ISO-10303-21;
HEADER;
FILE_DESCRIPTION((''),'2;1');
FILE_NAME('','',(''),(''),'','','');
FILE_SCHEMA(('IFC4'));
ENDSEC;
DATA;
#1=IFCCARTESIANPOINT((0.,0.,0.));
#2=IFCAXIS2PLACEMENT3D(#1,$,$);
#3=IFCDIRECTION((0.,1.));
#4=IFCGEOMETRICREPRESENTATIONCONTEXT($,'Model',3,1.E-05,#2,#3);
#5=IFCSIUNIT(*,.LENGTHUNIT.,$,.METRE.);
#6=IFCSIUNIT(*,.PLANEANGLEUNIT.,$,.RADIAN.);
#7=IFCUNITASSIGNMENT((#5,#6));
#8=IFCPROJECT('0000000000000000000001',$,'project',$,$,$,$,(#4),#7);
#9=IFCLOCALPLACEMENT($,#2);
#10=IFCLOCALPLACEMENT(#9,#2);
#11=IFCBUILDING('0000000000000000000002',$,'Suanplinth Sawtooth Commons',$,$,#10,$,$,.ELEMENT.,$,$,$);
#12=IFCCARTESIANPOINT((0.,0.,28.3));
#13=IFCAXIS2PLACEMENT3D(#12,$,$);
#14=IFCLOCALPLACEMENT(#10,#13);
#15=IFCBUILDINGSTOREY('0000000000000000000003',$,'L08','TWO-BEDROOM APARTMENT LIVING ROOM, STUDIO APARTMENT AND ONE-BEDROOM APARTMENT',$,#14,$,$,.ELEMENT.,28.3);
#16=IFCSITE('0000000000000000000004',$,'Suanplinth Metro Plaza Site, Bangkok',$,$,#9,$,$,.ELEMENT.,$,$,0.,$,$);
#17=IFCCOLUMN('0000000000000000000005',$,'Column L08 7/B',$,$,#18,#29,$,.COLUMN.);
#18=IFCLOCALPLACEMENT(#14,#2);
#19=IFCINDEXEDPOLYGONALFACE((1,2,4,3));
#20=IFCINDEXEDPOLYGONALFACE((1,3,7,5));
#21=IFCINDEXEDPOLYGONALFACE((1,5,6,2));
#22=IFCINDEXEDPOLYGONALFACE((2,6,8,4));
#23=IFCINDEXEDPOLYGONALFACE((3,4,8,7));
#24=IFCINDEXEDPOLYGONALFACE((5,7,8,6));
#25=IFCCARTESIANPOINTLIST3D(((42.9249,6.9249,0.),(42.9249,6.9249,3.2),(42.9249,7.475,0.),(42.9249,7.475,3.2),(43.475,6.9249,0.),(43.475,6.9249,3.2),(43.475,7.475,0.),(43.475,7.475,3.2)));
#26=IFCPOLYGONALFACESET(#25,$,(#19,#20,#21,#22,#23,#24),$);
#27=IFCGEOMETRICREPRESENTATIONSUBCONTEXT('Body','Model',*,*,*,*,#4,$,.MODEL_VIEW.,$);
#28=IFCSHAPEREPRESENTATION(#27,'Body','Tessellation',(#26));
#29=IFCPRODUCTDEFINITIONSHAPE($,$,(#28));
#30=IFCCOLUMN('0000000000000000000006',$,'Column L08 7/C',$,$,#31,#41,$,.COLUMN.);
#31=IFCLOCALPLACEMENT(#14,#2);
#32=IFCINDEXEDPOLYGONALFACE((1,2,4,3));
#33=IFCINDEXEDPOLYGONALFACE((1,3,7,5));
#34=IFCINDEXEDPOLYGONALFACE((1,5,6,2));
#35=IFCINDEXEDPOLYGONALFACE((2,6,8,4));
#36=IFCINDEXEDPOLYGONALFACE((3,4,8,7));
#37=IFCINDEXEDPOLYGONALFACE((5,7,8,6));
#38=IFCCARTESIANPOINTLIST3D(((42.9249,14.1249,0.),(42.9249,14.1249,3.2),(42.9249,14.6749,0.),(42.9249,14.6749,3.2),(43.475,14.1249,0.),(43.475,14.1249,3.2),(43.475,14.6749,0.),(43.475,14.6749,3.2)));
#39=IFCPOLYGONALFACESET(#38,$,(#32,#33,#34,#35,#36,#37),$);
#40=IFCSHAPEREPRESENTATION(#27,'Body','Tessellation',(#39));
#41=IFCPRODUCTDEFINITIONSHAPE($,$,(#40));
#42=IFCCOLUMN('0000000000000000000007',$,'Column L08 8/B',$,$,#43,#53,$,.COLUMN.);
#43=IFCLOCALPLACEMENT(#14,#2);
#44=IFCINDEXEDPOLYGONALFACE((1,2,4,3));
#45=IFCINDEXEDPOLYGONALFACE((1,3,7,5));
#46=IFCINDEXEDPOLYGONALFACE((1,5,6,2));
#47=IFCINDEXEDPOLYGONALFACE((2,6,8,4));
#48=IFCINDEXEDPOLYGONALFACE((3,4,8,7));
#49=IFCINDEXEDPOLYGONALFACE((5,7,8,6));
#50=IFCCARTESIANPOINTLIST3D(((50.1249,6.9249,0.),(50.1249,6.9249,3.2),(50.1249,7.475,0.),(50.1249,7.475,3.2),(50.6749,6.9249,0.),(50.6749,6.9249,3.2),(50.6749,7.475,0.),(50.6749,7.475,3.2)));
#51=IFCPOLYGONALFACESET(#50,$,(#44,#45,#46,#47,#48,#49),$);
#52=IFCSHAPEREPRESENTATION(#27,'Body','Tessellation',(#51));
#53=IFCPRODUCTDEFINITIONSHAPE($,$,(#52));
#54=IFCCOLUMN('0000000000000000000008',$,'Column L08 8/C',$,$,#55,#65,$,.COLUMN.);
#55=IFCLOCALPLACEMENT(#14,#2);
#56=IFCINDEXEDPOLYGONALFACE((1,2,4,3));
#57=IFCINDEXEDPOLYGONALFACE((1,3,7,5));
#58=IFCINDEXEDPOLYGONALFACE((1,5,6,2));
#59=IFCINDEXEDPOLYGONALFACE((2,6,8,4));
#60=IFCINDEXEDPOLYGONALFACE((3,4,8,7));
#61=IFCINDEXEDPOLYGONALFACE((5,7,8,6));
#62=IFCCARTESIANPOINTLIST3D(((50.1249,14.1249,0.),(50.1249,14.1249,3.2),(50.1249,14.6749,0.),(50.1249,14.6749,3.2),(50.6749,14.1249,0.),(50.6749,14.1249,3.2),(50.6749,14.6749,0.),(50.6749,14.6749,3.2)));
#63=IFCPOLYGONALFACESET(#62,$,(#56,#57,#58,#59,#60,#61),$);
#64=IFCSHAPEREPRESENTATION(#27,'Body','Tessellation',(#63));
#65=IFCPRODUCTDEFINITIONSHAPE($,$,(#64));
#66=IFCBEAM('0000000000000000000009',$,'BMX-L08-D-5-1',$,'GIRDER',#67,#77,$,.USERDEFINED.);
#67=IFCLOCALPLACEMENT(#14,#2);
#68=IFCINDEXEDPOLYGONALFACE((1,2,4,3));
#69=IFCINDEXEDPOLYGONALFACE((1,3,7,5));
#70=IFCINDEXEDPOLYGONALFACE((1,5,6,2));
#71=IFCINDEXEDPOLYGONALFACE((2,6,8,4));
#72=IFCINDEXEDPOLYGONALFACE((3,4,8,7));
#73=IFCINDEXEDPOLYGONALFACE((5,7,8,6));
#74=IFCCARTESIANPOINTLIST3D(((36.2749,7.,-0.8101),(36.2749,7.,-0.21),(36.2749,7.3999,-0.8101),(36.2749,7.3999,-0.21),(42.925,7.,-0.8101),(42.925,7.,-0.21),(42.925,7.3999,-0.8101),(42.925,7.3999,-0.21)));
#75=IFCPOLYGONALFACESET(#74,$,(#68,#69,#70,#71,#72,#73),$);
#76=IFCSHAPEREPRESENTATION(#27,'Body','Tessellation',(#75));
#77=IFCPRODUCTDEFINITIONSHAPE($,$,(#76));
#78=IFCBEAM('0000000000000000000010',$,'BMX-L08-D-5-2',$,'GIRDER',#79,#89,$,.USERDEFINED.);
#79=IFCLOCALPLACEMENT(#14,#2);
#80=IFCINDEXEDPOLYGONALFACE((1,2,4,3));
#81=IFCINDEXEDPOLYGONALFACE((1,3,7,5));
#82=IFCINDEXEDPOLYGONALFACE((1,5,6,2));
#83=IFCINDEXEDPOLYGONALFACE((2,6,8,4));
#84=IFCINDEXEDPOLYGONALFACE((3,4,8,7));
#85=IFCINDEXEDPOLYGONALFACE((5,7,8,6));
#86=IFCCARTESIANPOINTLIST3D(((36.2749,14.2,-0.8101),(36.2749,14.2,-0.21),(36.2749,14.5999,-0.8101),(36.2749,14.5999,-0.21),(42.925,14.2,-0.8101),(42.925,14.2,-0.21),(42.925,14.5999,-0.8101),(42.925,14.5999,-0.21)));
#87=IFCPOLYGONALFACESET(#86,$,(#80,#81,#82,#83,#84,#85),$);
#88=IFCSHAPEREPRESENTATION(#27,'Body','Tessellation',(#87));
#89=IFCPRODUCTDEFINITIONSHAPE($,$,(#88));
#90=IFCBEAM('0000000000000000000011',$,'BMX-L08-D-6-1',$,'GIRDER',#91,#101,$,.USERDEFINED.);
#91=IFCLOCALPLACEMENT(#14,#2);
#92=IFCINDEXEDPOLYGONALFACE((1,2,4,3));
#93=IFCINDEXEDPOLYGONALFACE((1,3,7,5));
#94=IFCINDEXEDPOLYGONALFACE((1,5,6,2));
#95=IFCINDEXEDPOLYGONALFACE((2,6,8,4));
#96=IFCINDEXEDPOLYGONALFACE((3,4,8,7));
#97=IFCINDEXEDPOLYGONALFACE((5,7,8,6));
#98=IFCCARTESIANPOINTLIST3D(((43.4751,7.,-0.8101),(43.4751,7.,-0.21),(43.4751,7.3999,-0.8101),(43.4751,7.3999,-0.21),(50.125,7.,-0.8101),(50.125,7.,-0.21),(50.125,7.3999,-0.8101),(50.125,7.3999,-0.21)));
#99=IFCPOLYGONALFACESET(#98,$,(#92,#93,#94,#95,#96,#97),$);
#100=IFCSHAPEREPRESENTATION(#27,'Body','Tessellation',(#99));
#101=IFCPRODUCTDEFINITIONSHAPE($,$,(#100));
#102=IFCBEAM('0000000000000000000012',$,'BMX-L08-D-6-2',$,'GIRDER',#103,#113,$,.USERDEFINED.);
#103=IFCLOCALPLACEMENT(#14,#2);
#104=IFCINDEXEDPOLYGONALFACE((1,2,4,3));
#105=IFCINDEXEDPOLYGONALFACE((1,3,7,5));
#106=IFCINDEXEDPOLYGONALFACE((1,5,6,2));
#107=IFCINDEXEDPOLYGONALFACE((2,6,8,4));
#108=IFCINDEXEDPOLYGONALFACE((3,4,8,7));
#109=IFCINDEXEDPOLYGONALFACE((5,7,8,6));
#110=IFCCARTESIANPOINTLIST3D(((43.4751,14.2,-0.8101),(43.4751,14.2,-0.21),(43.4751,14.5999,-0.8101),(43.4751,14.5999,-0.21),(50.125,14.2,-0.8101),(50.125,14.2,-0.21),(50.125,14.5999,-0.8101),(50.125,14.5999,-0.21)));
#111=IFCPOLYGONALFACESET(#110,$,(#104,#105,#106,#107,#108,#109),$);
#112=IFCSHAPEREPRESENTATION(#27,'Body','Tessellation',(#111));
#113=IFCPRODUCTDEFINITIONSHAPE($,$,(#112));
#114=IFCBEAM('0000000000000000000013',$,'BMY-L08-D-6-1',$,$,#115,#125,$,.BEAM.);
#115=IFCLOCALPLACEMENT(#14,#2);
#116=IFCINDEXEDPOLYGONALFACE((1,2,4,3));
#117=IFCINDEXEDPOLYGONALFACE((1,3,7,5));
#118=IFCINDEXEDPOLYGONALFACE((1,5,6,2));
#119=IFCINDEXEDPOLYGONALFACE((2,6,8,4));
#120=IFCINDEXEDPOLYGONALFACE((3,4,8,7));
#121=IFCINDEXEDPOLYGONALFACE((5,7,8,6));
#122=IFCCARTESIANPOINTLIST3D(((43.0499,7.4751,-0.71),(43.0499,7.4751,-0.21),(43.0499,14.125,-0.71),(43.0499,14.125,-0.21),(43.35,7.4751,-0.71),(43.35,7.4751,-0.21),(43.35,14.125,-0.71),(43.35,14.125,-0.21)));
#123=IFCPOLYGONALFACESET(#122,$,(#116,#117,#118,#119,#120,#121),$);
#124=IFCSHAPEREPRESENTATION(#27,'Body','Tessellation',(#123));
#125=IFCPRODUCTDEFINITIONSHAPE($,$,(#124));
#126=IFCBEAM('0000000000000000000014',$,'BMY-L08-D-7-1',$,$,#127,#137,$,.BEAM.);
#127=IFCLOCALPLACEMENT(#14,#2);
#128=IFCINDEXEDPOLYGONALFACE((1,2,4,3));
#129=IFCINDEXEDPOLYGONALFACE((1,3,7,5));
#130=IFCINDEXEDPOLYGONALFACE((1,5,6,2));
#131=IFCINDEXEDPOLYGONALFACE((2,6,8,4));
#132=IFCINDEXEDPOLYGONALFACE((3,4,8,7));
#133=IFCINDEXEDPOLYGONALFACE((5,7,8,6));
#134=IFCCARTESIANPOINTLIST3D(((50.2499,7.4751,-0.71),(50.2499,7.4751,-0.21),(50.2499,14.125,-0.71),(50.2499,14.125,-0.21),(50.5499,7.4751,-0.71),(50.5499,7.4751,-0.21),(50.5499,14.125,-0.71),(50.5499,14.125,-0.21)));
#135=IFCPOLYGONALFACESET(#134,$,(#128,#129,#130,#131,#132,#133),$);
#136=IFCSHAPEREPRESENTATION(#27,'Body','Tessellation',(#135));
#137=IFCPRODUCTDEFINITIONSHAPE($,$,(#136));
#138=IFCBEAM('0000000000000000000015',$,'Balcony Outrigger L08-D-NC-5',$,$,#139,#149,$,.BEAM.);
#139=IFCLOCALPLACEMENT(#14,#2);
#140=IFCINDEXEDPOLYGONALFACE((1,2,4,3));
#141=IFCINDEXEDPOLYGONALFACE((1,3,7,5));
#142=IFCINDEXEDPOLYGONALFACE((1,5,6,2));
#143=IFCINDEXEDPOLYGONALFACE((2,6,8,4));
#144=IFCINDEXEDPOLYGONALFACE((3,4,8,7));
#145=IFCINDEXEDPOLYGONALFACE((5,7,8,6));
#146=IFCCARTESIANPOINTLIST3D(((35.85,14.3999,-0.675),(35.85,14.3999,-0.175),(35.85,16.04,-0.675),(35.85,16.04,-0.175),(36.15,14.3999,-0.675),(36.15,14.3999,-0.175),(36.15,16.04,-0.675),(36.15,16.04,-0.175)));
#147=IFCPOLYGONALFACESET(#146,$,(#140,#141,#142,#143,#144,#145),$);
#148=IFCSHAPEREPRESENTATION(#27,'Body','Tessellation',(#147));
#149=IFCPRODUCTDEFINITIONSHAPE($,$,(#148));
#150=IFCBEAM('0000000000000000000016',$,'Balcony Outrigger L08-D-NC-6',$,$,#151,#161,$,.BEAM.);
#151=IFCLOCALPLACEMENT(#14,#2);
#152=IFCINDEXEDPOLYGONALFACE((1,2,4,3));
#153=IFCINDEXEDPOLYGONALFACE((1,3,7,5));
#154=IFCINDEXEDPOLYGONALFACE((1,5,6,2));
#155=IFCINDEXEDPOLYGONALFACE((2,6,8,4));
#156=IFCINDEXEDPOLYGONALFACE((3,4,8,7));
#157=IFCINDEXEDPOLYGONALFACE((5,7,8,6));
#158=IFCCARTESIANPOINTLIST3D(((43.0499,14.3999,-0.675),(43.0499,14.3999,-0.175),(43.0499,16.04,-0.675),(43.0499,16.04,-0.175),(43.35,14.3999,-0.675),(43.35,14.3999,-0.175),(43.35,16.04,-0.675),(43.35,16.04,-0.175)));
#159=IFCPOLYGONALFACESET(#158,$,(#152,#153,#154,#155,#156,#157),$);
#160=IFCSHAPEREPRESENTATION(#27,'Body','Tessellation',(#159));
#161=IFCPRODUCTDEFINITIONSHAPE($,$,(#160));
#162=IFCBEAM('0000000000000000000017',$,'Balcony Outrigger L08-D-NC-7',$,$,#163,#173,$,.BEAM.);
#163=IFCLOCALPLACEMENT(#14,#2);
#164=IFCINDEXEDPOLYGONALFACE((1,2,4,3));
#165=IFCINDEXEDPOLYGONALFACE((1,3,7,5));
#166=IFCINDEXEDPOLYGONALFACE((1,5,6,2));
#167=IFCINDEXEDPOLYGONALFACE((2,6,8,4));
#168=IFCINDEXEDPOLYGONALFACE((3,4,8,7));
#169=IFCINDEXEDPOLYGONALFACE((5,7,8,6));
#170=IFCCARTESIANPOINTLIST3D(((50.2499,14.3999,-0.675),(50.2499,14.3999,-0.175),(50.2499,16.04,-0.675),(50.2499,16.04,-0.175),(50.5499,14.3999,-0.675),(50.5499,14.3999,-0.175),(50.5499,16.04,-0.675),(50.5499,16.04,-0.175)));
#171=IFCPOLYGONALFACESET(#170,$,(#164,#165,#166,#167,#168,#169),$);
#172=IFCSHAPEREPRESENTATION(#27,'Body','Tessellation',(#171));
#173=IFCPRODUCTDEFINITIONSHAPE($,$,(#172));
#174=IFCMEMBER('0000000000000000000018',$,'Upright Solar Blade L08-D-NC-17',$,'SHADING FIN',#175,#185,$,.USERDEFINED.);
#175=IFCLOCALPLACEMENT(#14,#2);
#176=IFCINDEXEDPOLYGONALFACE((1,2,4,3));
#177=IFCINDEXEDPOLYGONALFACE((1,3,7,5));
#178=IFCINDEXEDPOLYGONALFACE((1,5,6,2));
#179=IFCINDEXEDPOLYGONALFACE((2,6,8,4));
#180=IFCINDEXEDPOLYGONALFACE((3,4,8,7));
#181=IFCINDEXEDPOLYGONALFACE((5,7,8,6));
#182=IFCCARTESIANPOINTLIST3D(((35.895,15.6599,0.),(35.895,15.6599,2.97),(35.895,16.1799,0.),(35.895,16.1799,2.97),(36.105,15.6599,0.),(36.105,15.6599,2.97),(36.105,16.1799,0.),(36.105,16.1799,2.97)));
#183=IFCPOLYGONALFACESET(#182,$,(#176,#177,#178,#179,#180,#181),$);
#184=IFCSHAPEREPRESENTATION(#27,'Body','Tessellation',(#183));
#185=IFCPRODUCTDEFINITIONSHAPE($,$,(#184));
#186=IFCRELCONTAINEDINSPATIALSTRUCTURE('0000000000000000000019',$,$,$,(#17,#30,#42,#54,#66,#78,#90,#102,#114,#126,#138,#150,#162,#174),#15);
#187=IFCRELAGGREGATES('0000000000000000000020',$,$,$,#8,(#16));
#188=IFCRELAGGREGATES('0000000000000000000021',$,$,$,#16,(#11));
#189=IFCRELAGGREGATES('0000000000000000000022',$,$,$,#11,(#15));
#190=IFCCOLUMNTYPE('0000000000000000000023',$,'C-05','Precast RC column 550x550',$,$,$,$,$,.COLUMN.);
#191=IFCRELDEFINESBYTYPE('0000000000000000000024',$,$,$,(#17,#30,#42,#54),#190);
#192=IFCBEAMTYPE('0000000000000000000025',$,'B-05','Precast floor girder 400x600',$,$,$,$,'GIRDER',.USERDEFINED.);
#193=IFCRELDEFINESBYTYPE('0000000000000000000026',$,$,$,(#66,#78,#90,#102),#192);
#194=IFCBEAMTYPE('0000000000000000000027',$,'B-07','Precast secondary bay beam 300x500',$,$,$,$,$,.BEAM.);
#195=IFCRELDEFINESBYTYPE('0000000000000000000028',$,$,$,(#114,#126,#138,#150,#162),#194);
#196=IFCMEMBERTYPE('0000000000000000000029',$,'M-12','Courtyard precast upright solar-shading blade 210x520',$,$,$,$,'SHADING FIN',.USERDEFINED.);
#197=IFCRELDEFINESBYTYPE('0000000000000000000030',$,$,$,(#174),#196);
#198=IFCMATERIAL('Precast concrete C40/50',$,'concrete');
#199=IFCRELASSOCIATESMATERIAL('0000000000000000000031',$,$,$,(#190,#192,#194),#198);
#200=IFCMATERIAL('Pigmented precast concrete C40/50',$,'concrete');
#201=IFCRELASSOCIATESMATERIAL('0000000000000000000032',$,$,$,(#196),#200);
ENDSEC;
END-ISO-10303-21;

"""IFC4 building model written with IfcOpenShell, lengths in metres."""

from ifc_helpers import new_model, si_unit, direction, frame, origin, origin_2d, place, context, subcontext, project, spatial, rectangle, extrude, material, material_profile, profile_set, type_object, element, save


model = new_model("IFC4")

# Units and contexts
model_context = context("Model", 3, precision=1e-05, world=origin(), true_north=direction((0.0, 1.0)))
body_context = subcontext(model_context, "Body", "Model", "MODEL_VIEW")
ifc_project = project(units=[si_unit("LENGTHUNIT", "METRE"), si_unit("PLANEANGLEUNIT", "RADIAN")], contexts=[model_context])

# Site, building, storey
site_placement = place(None, origin())
site = spatial("IfcSite", under=ifc_project, at=site_placement, Name="Suanplinth Metro Plaza Site, Bangkok", CompositionType="ELEMENT", RefElevation=0.0)
building_placement = place(site_placement, origin())
building = spatial("IfcBuilding", under=site, at=building_placement, Name="Suanplinth Sawtooth Commons", CompositionType="ELEMENT")
storey_placement = place(building_placement, frame((0.0, 0.0, 28.3)))
storey = spatial("IfcBuildingStorey", under=building, at=storey_placement, Name="L08", Description="TWO-BEDROOM APARTMENT LIVING ROOM, STUDIO APARTMENT AND ONE-BEDROOM APARTMENT", CompositionType="ELEMENT", Elevation=28.3)

# Columns
ifc_material_1 = material(Name="Precast concrete C40/50", Category="concrete")
ifc_material_profile_1 = material_profile(ifc_material_1, rectangle(XDim=0.55, YDim=0.55, at=origin_2d()), Name="PC-COL 550x550")
ifc_profile_set_1 = profile_set([ifc_material_profile_1], Name="Precast concrete C40/50")
column_type = type_object("IfcColumnType", Name="C-05", Description="Precast RC column 550x550", PredefinedType="COLUMN", material=ifc_profile_set_1)
for number, where, z_axis, x_axis, name in (
    (1, (43.2, 7.2, 0.0), (0.0, 0.0, 1.0), (1.0, 0.0, 0.0), "Column L08 7/B"),
    (2, (43.2, 14.3999, 0.0), (0.0, 0.0, 1.0), (1.0, 0.0, 0.0), "Column L08 7/C"),
    (3, (50.3999, 7.2, 0.0), (0.0, 0.0, 1.0), (1.0, 0.0, 0.0), "Column L08 8/B"),
    (4, (50.3999, 14.3999, 0.0), (0.0, 0.0, 1.0), (1.0, 0.0, 0.0), "Column L08 8/C"),
):
    element("IfcColumn", number, at=place(storey_placement, frame(where, z_axis=z_axis, x_axis=x_axis)), inside=storey, type_object=column_type, Name=name, PredefinedType="COLUMN", context=body_context, shape_type="SweptSolid", body=[
        extrude(rectangle(XDim=0.55, YDim=0.55, at=origin_2d()), origin(), (0.0, 0.0, 1.0), 3.2),
    ])

# Beams
ifc_material_profile_2 = material_profile(ifc_material_1, rectangle(XDim=0.3999, YDim=0.6001, at=origin_2d()), Name="PC-GDR 400x600")
ifc_profile_set_2 = profile_set([ifc_material_profile_2], Name="Precast concrete C40/50")
beam_type_1 = type_object("IfcBeamType", Name="B-05", Description="Precast floor girder 400x600", ElementType="GIRDER", PredefinedType="USERDEFINED", material=ifc_profile_set_2)
for number, where, z_axis, x_axis, name in (
    (5, (36.2749, 7.2, -0.51), (1.0, 0.0, 0.0), (0.0, 1.0, 0.0), "BMX-L08-D-5-1"),
    (6, (36.2749, 14.3999, -0.51), (1.0, 0.0, 0.0), (0.0, 1.0, 0.0), "BMX-L08-D-5-2"),
):
    element("IfcBeam", number, at=place(storey_placement, frame(where, z_axis=z_axis, x_axis=x_axis)), inside=storey, type_object=beam_type_1, Name=name, ObjectType="GIRDER", PredefinedType="USERDEFINED", context=body_context, shape_type="SweptSolid", body=[
        extrude(rectangle(XDim=0.3999, YDim=0.6001, at=origin_2d()), origin(), (0.0, 0.0, 1.0), 6.6501),
    ])
for number, where, z_axis, x_axis, name in (
    (7, (43.4751, 7.2, -0.51), (1.0, 0.0, 0.0), (0.0, 1.0, 0.0), "BMX-L08-D-6-1"),
    (8, (43.4751, 14.3999, -0.51), (1.0, 0.0, 0.0), (0.0, 1.0, 0.0), "BMX-L08-D-6-2"),
):
    element("IfcBeam", number, at=place(storey_placement, frame(where, z_axis=z_axis, x_axis=x_axis)), inside=storey, type_object=beam_type_1, Name=name, ObjectType="GIRDER", PredefinedType="USERDEFINED", context=body_context, shape_type="SweptSolid", body=[
        extrude(rectangle(XDim=0.3999, YDim=0.6001, at=origin_2d()), origin(), (0.0, 0.0, 1.0), 6.6499),
    ])
ifc_material_profile_3 = material_profile(ifc_material_1, rectangle(XDim=0.3, YDim=0.5, at=origin_2d()), Name="PC-BM 300x500")
ifc_profile_set_3 = profile_set([ifc_material_profile_3], Name="Precast concrete C40/50")
beam_type_2 = type_object("IfcBeamType", Name="B-07", Description="Precast secondary bay beam 300x500", PredefinedType="BEAM", material=ifc_profile_set_3)
for number, where, z_axis, x_axis, name in (
    (9, (43.2, 7.4751, -0.46), (0.0, 1.0, 0.0), (-1.0, 0.0, 0.0), "BMY-L08-D-6-1"),
    (10, (50.3999, 7.4751, -0.46), (0.0, 1.0, 0.0), (-1.0, 0.0, 0.0), "BMY-L08-D-7-1"),
):
    element("IfcBeam", number, at=place(storey_placement, frame(where, z_axis=z_axis, x_axis=x_axis)), inside=storey, type_object=beam_type_2, Name=name, PredefinedType="BEAM", context=body_context, shape_type="SweptSolid", body=[
        extrude(rectangle(XDim=0.3, YDim=0.5, at=origin_2d()), origin(), (0.0, 0.0, 1.0), 6.6499),
    ])
for number, where, z_axis, x_axis, name in (
    (11, (36.0, 14.3999, -0.425), (0.0, 1.0, 0.0), (-1.0, 0.0, 0.0), "Balcony Outrigger L08-D-NC-5"),
    (12, (43.2, 14.3999, -0.425), (0.0, 1.0, 0.0), (-1.0, 0.0, 0.0), "Balcony Outrigger L08-D-NC-6"),
    (13, (50.3999, 14.3999, -0.425), (0.0, 1.0, 0.0), (-1.0, 0.0, 0.0), "Balcony Outrigger L08-D-NC-7"),
):
    element("IfcBeam", number, at=place(storey_placement, frame(where, z_axis=z_axis, x_axis=x_axis)), inside=storey, type_object=beam_type_2, Name=name, PredefinedType="BEAM", context=body_context, shape_type="SweptSolid", body=[
        extrude(rectangle(XDim=0.3, YDim=0.5, at=origin_2d()), origin(), (0.0, 0.0, 1.0), 1.6401),
    ])

# Member
ifc_material_2 = material(Name="Pigmented precast concrete C40/50", Category="concrete")
ifc_material_profile_4 = material_profile(ifc_material_2, rectangle(XDim=0.21, YDim=0.52, at=origin_2d()), Name="PC-FIN 210x520")
ifc_profile_set_4 = profile_set([ifc_material_profile_4], Name="Pigmented precast concrete C40/50")
member_type = type_object("IfcMemberType", Name="M-12", Description="Courtyard precast upright solar-shading blade 210x520", ElementType="SHADING FIN", PredefinedType="USERDEFINED", material=ifc_profile_set_4)
member_placement = place(storey_placement, frame((36.0, 15.9199, 0.0), z_axis=(0.0, 0.0, 1.0), x_axis=(1.0, 0.0, 0.0)))
element("IfcMember", 14, at=member_placement, inside=storey, type_object=member_type, Name="Upright Solar Blade L08-D-NC-17", ObjectType="SHADING FIN", PredefinedType="USERDEFINED", context=body_context, shape_type="SweptSolid", body=[
    extrude(rectangle(XDim=0.21, YDim=0.52, at=origin_2d()), origin(), (0.0, 0.0, 1.0), 2.97),
])

save(model, "model.ifc")
